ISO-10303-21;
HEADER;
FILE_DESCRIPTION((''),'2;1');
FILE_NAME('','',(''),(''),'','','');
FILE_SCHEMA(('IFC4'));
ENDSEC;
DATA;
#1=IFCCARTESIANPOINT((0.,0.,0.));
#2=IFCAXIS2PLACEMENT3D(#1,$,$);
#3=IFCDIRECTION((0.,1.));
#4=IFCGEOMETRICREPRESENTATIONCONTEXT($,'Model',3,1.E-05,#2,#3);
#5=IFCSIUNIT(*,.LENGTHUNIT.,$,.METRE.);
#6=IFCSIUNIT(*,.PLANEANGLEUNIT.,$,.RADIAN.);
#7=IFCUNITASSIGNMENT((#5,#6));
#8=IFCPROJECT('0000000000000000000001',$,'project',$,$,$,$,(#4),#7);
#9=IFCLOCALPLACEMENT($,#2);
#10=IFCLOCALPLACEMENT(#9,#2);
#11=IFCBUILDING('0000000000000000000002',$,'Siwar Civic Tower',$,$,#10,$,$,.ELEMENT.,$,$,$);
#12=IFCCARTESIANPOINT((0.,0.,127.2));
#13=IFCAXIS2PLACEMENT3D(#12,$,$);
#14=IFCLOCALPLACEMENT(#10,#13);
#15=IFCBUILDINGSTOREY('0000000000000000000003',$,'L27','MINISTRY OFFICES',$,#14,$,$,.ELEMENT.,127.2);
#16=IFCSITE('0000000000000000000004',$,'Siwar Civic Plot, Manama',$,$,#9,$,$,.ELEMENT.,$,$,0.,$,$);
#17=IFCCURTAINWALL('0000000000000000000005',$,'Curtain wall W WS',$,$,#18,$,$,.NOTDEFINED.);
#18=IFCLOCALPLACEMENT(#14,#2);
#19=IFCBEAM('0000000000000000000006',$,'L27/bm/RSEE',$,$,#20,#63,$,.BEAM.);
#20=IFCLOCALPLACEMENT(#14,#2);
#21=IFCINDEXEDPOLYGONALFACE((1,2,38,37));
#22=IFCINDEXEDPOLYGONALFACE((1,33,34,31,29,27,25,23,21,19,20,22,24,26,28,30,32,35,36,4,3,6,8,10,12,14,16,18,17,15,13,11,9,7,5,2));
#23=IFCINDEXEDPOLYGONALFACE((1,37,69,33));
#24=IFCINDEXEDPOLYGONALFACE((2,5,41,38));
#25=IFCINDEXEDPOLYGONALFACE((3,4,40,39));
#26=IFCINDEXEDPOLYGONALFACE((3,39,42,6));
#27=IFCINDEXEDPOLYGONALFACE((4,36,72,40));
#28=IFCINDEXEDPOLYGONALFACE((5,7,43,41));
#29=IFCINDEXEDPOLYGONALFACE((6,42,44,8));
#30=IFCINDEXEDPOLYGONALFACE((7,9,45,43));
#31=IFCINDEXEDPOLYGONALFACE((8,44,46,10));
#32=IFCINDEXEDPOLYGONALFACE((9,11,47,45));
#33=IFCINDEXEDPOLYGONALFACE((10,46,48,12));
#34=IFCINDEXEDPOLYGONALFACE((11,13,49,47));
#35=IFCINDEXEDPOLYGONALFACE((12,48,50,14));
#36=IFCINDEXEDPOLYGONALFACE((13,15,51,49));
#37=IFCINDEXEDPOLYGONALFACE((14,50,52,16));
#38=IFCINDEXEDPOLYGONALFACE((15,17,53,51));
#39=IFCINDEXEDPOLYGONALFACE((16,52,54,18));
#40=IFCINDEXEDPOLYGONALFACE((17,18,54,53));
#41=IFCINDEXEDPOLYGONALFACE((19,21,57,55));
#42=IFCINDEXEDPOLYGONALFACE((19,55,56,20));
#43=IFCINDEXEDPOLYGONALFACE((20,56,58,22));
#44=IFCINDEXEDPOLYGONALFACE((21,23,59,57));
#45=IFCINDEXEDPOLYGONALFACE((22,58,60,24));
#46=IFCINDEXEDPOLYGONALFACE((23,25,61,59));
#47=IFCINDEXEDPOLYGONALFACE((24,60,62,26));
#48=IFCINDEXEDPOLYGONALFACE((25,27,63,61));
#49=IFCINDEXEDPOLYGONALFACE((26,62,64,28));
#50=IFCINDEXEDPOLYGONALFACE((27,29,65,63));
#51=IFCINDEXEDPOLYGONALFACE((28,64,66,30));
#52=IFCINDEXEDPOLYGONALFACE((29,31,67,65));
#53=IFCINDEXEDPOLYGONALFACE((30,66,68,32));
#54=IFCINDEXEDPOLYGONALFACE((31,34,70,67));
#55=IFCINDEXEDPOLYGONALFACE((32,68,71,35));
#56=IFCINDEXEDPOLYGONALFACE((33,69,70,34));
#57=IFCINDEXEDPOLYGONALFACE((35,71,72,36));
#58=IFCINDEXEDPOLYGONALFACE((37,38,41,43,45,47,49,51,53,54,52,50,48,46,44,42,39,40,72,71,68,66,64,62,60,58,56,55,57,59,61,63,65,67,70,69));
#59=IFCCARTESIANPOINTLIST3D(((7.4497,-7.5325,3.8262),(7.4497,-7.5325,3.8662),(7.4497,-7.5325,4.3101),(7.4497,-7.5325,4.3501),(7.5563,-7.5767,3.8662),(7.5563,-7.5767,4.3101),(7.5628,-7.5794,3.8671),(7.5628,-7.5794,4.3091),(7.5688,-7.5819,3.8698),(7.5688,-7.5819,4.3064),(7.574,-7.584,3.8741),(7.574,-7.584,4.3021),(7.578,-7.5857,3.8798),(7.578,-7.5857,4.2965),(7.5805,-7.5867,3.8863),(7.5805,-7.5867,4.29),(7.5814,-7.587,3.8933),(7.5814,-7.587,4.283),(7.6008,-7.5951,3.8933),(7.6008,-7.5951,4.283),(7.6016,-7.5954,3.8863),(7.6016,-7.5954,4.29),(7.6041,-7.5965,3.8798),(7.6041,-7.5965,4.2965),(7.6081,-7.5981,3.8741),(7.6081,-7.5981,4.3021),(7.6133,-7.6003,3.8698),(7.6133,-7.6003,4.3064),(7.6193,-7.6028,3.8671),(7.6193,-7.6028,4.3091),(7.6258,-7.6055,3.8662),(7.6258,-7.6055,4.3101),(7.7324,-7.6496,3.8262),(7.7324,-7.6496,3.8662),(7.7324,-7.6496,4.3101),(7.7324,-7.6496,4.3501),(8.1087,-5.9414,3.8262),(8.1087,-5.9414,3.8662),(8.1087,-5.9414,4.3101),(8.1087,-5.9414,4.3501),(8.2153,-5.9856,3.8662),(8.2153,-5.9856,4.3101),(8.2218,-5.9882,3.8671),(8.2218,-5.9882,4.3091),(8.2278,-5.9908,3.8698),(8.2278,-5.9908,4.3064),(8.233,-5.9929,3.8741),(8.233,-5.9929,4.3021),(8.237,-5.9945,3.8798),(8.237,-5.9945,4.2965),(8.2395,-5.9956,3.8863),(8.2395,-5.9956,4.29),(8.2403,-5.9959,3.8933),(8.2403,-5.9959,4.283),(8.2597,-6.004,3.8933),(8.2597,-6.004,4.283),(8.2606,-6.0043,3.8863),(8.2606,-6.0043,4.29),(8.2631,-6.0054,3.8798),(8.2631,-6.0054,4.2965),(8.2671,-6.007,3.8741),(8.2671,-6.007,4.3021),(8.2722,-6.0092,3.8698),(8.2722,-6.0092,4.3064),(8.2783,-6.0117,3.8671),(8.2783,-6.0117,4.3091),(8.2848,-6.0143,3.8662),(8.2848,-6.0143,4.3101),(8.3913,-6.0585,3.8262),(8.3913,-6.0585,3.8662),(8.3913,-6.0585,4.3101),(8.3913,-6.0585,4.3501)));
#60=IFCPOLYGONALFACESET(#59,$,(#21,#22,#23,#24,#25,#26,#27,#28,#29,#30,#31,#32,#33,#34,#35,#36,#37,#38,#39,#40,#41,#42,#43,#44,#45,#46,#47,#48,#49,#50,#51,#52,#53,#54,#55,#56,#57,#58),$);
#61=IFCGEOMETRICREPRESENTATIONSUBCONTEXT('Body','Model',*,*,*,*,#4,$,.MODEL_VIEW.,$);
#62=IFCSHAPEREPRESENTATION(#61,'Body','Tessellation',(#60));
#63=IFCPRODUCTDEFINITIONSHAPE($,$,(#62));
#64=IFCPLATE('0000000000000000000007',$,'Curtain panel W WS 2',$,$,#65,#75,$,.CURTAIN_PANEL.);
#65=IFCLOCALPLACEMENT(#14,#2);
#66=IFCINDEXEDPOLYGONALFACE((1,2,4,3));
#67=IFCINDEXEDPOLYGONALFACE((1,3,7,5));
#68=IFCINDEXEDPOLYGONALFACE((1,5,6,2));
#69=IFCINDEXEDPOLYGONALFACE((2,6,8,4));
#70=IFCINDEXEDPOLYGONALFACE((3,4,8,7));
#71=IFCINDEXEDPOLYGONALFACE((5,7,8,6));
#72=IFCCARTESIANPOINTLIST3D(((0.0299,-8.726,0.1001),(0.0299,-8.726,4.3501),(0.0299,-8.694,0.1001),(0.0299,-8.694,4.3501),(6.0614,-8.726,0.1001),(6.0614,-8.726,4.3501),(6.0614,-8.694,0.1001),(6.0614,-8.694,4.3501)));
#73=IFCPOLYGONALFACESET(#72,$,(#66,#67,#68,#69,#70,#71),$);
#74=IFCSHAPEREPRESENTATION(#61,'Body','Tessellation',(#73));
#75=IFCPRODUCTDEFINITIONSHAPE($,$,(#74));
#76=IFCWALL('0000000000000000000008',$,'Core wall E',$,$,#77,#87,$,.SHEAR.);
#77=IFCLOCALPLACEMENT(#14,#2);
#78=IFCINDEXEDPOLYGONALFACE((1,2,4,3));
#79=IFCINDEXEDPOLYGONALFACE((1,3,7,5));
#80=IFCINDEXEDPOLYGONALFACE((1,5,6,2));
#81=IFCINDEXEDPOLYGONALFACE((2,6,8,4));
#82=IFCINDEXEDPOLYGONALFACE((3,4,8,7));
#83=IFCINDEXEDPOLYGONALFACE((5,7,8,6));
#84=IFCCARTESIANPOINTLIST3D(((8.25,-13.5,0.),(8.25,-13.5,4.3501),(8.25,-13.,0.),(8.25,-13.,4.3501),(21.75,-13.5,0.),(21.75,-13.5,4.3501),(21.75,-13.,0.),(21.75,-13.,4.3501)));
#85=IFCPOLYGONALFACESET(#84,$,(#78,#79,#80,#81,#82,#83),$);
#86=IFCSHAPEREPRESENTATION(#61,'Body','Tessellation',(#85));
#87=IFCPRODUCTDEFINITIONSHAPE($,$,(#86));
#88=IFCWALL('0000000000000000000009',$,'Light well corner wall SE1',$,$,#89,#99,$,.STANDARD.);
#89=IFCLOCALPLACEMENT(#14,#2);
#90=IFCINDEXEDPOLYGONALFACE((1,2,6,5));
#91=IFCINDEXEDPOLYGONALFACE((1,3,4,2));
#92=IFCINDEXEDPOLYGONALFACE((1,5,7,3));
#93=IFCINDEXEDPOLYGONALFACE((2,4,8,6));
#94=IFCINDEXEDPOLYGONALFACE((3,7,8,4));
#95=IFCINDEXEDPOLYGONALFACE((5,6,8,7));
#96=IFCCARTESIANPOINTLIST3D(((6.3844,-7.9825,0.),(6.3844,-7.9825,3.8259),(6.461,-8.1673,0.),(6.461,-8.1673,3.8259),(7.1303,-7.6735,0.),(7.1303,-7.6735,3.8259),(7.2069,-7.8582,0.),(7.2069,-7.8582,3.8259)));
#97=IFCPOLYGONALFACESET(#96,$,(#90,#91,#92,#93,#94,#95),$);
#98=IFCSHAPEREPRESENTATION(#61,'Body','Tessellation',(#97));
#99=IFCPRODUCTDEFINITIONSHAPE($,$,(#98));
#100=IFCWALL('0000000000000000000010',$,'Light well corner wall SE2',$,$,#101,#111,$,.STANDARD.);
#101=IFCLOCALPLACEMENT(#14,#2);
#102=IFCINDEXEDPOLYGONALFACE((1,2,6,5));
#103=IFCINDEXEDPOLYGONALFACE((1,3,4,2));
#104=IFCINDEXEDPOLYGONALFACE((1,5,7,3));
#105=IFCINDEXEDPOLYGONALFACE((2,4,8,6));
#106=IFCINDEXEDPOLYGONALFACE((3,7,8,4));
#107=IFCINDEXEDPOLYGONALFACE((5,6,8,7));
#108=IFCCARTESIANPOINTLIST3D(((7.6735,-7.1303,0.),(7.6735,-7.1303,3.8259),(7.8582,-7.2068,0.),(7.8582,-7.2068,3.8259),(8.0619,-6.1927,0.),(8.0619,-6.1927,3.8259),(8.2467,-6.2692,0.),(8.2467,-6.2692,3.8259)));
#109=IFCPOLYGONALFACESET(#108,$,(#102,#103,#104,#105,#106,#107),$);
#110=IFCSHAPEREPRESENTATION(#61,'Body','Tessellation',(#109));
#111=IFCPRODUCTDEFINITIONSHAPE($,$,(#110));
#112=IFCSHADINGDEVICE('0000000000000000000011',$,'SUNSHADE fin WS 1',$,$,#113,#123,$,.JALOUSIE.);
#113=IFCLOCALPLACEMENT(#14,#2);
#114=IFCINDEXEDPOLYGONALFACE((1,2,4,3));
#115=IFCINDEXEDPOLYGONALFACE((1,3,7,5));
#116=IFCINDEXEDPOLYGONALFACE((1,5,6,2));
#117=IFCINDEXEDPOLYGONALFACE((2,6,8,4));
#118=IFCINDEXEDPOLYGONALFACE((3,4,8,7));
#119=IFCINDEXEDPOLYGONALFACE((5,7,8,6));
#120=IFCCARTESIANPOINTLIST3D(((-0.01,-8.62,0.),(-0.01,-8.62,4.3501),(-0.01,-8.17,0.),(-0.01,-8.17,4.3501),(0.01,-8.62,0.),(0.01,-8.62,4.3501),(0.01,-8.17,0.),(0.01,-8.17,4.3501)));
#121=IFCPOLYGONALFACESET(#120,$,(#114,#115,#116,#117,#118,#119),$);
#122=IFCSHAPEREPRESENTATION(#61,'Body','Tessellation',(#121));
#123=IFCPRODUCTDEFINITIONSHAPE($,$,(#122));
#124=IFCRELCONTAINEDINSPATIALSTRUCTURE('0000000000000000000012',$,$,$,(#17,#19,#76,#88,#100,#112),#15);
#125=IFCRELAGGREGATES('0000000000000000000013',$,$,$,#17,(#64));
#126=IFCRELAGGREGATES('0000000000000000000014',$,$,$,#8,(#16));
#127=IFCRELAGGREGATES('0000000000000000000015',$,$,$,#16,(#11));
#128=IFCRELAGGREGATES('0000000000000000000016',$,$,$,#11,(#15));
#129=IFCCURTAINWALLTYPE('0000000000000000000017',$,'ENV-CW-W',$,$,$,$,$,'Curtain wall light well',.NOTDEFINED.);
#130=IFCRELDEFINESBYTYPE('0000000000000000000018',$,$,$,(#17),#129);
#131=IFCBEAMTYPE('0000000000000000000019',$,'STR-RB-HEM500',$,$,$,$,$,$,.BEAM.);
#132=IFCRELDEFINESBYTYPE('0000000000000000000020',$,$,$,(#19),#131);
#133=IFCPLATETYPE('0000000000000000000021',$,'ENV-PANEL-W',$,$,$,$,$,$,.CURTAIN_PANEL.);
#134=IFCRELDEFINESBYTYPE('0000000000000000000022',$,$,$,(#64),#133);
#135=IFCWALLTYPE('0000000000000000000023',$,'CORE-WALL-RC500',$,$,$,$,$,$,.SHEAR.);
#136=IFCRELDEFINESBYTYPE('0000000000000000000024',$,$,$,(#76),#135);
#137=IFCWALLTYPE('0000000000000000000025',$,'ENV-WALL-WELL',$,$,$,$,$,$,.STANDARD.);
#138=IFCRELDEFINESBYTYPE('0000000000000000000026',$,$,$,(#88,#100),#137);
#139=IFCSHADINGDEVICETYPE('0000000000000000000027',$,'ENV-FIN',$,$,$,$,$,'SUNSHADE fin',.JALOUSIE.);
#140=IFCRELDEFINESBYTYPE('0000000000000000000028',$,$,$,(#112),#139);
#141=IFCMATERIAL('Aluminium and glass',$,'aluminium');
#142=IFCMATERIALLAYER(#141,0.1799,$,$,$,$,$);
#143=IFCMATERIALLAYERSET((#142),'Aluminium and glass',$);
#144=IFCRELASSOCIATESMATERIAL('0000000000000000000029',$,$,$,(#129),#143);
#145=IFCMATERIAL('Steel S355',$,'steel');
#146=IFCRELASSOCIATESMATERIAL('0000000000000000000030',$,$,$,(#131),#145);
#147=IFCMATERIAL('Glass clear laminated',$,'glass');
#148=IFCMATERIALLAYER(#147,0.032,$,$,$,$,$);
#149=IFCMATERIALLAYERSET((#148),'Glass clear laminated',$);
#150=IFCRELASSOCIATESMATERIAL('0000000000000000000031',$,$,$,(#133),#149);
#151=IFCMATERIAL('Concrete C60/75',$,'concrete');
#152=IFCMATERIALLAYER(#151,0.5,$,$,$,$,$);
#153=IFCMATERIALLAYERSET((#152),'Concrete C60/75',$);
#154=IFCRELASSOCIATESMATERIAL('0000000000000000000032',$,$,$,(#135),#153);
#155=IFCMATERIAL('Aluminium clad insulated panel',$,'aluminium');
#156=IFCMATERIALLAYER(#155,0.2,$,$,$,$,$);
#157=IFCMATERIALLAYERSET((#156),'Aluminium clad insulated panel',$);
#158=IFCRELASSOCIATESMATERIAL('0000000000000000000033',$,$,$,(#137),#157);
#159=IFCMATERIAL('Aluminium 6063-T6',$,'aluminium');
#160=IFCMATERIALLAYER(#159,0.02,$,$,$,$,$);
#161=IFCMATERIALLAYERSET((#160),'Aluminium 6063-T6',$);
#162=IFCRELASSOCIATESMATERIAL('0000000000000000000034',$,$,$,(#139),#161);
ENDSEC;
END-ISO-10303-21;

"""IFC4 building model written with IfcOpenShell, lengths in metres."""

from ifc_helpers import new_model, si_unit, direction, frame, frame_2d, origin, origin_2d, place, context, subcontext, project, spatial, rectangle, i_section, extrude, material, layer, layer_set, material_profile, profile_set, type_object, element, aggregate, save


model = new_model("IFC4")

# Units and contexts
model_context = context("Model", 3, precision=1e-05, world=origin(), true_north=direction((0.0, 1.0)))
body_context = subcontext(model_context, "Body", "Model", "MODEL_VIEW")
ifc_project = project(units=[si_unit("LENGTHUNIT", "METRE"), si_unit("PLANEANGLEUNIT", "RADIAN")], contexts=[model_context])

# Site, building, storey
site_placement = place(None, origin())
site = spatial("IfcSite", under=ifc_project, at=site_placement, Name="Siwar Civic Plot, Manama", CompositionType="ELEMENT", RefElevation=0.0)
building_placement = place(site_placement, origin())
building = spatial("IfcBuilding", under=site, at=building_placement, Name="Siwar Civic Tower", CompositionType="ELEMENT")
storey_placement = place(building_placement, frame((0.0, 0.0, 127.2)))
storey = spatial("IfcBuildingStorey", under=building, at=storey_placement, Name="L27", Description="MINISTRY OFFICES", CompositionType="ELEMENT", Elevation=127.2)

# Curtain wall
ifc_material_1 = material(Name="Aluminium and glass", Category="aluminium")
ifc_layer_1 = layer(ifc_material_1, 0.1799)
ifc_layer_set_1 = layer_set([ifc_layer_1], Name="Aluminium and glass")
curtain_wall_type = type_object("IfcCurtainWallType", Name="ENV-CW-W", ElementType="Curtain wall light well", PredefinedType="NOTDEFINED", material=ifc_layer_set_1)
curtain_wall_placement = place(storey_placement, origin())
curtain_wall = element("IfcCurtainWall", 1, at=curtain_wall_placement, inside=storey, type_object=curtain_wall_type, Name="Curtain wall W WS", PredefinedType="NOTDEFINED")

# Beam
ifc_material_2 = material(Name="Steel S355", Category="steel")
ifc_material_profile_1 = material_profile(ifc_material_2, i_section(OverallWidth=0.3059, OverallDepth=0.5239, WebThickness=0.021, FlangeThickness=0.04, FilletRadius=0.0271, at=origin_2d()), Name="HEM500")
ifc_profile_set_1 = profile_set([ifc_material_profile_1], Name="Steel S355")
beam_type_1 = type_object("IfcBeamType", Name="STR-RB-HEM500", PredefinedType="BEAM", material=ifc_profile_set_1)
for number, where, z_axis, x_axis, name in (
    (2, (7.5911, -7.5911, 4.0881), (0.382631, 0.923901, 0.0), (-0.923901, 0.382631, 0.0), "L27/bm/RSEE"),
):
    element("IfcBeam", number, at=place(storey_placement, frame(where, z_axis=z_axis, x_axis=x_axis)), inside=storey, type_object=beam_type_1, Name=name, PredefinedType="BEAM", context=body_context, shape_type="SweptSolid", body=[
        extrude(i_section(OverallWidth=0.3059, OverallDepth=0.5239, WebThickness=0.021, FlangeThickness=0.04, FilletRadius=0.0271, at=origin_2d()), origin(), (0.0, 0.0, 1.0), 1.7222),
    ])

# Plate
ifc_material_3 = material(Name="Glass clear laminated", Category="glass")
ifc_layer_2 = layer(ifc_material_3, 0.032)
ifc_layer_set_2 = layer_set([ifc_layer_2], Name="Glass clear laminated")
plate_type = type_object("IfcPlateType", Name="ENV-PANEL-W", PredefinedType="CURTAIN_PANEL", material=ifc_layer_set_2)
plate_placement = place(storey_placement, frame((3.0457, -8.71, 0.1001), z_axis=(0.0, 0.0, 1.0), x_axis=(1.0, 0.0, 0.0)))
plate = element("IfcPlate", 3, at=plate_placement, type_object=plate_type, Name="Curtain panel W WS 2", PredefinedType="CURTAIN_PANEL", context=body_context, shape_type="SweptSolid", body=[
    extrude(rectangle(XDim=6.0315, YDim=0.032, at=origin_2d()), origin(), (0.0, 0.0, 1.0), 4.25),
])
aggregate(curtain_wall, [plate])

# Walls
ifc_material_4 = material(Name="Concrete C60/75", Category="concrete")
ifc_layer_3 = layer(ifc_material_4, 0.5)
ifc_layer_set_3 = layer_set([ifc_layer_3], Name="Concrete C60/75")
wall_type_1 = type_object("IfcWallType", Name="CORE-WALL-RC500", PredefinedType="SHEAR", material=ifc_layer_set_3)
wall_1_placement = place(storey_placement, frame((8.25, -13.25, 0.0), z_axis=(0.0, 0.0, 1.0), x_axis=(1.0, 0.0, 0.0)))
element("IfcWall", 4, at=wall_1_placement, inside=storey, type_object=wall_type_1, Name="Core wall E", PredefinedType="SHEAR", context=body_context, shape_type="SweptSolid", body=[
    extrude(rectangle(XDim=13.5, YDim=0.5, at=frame_2d((6.75, 0.0))), origin(), (0.0, 0.0, 1.0), 4.3501),
])
ifc_material_5 = material(Name="Aluminium clad insulated panel", Category="aluminium")
ifc_layer_4 = layer(ifc_material_5, 0.2)
ifc_layer_set_4 = layer_set([ifc_layer_4], Name="Aluminium clad insulated panel")
wall_type_2 = type_object("IfcWallType", Name="ENV-WALL-WELL", PredefinedType="STANDARD", material=ifc_layer_set_4)
wall_2_placement = place(storey_placement, frame((6.4226, -8.075, 0.0), z_axis=(0.0, 0.0, 1.0), x_axis=(0.923818, 0.382833, 0.0)))
element("IfcWall", 5, at=wall_2_placement, inside=storey, type_object=wall_type_2, Name="Light well corner wall SE1", PredefinedType="STANDARD", context=body_context, shape_type="SweptSolid", body=[
    extrude(rectangle(XDim=0.8074, YDim=0.2, at=frame_2d((0.4038, 0.0))), origin(), (0.0, 0.0, 1.0), 3.8259),
])
wall_3_placement = place(storey_placement, frame((7.7659, -7.1685, 0.0), z_axis=(0.0, 0.0, 1.0), x_axis=(0.38277, 0.923844, 0.0)))
element("IfcWall", 6, at=wall_3_placement, inside=storey, type_object=wall_type_2, Name="Light well corner wall SE2", PredefinedType="STANDARD", context=body_context, shape_type="SweptSolid", body=[
    extrude(rectangle(XDim=1.0149, YDim=0.2, at=frame_2d((0.5073, 0.0))), origin(), (0.0, 0.0, 1.0), 3.8259),
])

# Shading device
ifc_material_6 = material(Name="Aluminium 6063-T6", Category="aluminium")
ifc_layer_5 = layer(ifc_material_6, 0.02)
ifc_layer_set_5 = layer_set([ifc_layer_5], Name="Aluminium 6063-T6")
shading_device_type = type_object("IfcShadingDeviceType", Name="ENV-FIN", ElementType="SUNSHADE fin", PredefinedType="JALOUSIE", material=ifc_layer_set_5)
shading_device_placement = place(storey_placement, frame((0.0, -8.395, 0.0), z_axis=(0.0, 0.0, 1.0), x_axis=(1.0, 0.0, 0.0)))
element("IfcShadingDevice", 7, at=shading_device_placement, inside=storey, type_object=shading_device_type, Name="SUNSHADE fin WS 1", PredefinedType="JALOUSIE", context=body_context, shape_type="SweptSolid", body=[
    extrude(rectangle(XDim=0.02, YDim=0.45, at=origin_2d()), origin(), (0.0, 0.0, 1.0), 4.3501),
])

save(model, "model.ifc")
